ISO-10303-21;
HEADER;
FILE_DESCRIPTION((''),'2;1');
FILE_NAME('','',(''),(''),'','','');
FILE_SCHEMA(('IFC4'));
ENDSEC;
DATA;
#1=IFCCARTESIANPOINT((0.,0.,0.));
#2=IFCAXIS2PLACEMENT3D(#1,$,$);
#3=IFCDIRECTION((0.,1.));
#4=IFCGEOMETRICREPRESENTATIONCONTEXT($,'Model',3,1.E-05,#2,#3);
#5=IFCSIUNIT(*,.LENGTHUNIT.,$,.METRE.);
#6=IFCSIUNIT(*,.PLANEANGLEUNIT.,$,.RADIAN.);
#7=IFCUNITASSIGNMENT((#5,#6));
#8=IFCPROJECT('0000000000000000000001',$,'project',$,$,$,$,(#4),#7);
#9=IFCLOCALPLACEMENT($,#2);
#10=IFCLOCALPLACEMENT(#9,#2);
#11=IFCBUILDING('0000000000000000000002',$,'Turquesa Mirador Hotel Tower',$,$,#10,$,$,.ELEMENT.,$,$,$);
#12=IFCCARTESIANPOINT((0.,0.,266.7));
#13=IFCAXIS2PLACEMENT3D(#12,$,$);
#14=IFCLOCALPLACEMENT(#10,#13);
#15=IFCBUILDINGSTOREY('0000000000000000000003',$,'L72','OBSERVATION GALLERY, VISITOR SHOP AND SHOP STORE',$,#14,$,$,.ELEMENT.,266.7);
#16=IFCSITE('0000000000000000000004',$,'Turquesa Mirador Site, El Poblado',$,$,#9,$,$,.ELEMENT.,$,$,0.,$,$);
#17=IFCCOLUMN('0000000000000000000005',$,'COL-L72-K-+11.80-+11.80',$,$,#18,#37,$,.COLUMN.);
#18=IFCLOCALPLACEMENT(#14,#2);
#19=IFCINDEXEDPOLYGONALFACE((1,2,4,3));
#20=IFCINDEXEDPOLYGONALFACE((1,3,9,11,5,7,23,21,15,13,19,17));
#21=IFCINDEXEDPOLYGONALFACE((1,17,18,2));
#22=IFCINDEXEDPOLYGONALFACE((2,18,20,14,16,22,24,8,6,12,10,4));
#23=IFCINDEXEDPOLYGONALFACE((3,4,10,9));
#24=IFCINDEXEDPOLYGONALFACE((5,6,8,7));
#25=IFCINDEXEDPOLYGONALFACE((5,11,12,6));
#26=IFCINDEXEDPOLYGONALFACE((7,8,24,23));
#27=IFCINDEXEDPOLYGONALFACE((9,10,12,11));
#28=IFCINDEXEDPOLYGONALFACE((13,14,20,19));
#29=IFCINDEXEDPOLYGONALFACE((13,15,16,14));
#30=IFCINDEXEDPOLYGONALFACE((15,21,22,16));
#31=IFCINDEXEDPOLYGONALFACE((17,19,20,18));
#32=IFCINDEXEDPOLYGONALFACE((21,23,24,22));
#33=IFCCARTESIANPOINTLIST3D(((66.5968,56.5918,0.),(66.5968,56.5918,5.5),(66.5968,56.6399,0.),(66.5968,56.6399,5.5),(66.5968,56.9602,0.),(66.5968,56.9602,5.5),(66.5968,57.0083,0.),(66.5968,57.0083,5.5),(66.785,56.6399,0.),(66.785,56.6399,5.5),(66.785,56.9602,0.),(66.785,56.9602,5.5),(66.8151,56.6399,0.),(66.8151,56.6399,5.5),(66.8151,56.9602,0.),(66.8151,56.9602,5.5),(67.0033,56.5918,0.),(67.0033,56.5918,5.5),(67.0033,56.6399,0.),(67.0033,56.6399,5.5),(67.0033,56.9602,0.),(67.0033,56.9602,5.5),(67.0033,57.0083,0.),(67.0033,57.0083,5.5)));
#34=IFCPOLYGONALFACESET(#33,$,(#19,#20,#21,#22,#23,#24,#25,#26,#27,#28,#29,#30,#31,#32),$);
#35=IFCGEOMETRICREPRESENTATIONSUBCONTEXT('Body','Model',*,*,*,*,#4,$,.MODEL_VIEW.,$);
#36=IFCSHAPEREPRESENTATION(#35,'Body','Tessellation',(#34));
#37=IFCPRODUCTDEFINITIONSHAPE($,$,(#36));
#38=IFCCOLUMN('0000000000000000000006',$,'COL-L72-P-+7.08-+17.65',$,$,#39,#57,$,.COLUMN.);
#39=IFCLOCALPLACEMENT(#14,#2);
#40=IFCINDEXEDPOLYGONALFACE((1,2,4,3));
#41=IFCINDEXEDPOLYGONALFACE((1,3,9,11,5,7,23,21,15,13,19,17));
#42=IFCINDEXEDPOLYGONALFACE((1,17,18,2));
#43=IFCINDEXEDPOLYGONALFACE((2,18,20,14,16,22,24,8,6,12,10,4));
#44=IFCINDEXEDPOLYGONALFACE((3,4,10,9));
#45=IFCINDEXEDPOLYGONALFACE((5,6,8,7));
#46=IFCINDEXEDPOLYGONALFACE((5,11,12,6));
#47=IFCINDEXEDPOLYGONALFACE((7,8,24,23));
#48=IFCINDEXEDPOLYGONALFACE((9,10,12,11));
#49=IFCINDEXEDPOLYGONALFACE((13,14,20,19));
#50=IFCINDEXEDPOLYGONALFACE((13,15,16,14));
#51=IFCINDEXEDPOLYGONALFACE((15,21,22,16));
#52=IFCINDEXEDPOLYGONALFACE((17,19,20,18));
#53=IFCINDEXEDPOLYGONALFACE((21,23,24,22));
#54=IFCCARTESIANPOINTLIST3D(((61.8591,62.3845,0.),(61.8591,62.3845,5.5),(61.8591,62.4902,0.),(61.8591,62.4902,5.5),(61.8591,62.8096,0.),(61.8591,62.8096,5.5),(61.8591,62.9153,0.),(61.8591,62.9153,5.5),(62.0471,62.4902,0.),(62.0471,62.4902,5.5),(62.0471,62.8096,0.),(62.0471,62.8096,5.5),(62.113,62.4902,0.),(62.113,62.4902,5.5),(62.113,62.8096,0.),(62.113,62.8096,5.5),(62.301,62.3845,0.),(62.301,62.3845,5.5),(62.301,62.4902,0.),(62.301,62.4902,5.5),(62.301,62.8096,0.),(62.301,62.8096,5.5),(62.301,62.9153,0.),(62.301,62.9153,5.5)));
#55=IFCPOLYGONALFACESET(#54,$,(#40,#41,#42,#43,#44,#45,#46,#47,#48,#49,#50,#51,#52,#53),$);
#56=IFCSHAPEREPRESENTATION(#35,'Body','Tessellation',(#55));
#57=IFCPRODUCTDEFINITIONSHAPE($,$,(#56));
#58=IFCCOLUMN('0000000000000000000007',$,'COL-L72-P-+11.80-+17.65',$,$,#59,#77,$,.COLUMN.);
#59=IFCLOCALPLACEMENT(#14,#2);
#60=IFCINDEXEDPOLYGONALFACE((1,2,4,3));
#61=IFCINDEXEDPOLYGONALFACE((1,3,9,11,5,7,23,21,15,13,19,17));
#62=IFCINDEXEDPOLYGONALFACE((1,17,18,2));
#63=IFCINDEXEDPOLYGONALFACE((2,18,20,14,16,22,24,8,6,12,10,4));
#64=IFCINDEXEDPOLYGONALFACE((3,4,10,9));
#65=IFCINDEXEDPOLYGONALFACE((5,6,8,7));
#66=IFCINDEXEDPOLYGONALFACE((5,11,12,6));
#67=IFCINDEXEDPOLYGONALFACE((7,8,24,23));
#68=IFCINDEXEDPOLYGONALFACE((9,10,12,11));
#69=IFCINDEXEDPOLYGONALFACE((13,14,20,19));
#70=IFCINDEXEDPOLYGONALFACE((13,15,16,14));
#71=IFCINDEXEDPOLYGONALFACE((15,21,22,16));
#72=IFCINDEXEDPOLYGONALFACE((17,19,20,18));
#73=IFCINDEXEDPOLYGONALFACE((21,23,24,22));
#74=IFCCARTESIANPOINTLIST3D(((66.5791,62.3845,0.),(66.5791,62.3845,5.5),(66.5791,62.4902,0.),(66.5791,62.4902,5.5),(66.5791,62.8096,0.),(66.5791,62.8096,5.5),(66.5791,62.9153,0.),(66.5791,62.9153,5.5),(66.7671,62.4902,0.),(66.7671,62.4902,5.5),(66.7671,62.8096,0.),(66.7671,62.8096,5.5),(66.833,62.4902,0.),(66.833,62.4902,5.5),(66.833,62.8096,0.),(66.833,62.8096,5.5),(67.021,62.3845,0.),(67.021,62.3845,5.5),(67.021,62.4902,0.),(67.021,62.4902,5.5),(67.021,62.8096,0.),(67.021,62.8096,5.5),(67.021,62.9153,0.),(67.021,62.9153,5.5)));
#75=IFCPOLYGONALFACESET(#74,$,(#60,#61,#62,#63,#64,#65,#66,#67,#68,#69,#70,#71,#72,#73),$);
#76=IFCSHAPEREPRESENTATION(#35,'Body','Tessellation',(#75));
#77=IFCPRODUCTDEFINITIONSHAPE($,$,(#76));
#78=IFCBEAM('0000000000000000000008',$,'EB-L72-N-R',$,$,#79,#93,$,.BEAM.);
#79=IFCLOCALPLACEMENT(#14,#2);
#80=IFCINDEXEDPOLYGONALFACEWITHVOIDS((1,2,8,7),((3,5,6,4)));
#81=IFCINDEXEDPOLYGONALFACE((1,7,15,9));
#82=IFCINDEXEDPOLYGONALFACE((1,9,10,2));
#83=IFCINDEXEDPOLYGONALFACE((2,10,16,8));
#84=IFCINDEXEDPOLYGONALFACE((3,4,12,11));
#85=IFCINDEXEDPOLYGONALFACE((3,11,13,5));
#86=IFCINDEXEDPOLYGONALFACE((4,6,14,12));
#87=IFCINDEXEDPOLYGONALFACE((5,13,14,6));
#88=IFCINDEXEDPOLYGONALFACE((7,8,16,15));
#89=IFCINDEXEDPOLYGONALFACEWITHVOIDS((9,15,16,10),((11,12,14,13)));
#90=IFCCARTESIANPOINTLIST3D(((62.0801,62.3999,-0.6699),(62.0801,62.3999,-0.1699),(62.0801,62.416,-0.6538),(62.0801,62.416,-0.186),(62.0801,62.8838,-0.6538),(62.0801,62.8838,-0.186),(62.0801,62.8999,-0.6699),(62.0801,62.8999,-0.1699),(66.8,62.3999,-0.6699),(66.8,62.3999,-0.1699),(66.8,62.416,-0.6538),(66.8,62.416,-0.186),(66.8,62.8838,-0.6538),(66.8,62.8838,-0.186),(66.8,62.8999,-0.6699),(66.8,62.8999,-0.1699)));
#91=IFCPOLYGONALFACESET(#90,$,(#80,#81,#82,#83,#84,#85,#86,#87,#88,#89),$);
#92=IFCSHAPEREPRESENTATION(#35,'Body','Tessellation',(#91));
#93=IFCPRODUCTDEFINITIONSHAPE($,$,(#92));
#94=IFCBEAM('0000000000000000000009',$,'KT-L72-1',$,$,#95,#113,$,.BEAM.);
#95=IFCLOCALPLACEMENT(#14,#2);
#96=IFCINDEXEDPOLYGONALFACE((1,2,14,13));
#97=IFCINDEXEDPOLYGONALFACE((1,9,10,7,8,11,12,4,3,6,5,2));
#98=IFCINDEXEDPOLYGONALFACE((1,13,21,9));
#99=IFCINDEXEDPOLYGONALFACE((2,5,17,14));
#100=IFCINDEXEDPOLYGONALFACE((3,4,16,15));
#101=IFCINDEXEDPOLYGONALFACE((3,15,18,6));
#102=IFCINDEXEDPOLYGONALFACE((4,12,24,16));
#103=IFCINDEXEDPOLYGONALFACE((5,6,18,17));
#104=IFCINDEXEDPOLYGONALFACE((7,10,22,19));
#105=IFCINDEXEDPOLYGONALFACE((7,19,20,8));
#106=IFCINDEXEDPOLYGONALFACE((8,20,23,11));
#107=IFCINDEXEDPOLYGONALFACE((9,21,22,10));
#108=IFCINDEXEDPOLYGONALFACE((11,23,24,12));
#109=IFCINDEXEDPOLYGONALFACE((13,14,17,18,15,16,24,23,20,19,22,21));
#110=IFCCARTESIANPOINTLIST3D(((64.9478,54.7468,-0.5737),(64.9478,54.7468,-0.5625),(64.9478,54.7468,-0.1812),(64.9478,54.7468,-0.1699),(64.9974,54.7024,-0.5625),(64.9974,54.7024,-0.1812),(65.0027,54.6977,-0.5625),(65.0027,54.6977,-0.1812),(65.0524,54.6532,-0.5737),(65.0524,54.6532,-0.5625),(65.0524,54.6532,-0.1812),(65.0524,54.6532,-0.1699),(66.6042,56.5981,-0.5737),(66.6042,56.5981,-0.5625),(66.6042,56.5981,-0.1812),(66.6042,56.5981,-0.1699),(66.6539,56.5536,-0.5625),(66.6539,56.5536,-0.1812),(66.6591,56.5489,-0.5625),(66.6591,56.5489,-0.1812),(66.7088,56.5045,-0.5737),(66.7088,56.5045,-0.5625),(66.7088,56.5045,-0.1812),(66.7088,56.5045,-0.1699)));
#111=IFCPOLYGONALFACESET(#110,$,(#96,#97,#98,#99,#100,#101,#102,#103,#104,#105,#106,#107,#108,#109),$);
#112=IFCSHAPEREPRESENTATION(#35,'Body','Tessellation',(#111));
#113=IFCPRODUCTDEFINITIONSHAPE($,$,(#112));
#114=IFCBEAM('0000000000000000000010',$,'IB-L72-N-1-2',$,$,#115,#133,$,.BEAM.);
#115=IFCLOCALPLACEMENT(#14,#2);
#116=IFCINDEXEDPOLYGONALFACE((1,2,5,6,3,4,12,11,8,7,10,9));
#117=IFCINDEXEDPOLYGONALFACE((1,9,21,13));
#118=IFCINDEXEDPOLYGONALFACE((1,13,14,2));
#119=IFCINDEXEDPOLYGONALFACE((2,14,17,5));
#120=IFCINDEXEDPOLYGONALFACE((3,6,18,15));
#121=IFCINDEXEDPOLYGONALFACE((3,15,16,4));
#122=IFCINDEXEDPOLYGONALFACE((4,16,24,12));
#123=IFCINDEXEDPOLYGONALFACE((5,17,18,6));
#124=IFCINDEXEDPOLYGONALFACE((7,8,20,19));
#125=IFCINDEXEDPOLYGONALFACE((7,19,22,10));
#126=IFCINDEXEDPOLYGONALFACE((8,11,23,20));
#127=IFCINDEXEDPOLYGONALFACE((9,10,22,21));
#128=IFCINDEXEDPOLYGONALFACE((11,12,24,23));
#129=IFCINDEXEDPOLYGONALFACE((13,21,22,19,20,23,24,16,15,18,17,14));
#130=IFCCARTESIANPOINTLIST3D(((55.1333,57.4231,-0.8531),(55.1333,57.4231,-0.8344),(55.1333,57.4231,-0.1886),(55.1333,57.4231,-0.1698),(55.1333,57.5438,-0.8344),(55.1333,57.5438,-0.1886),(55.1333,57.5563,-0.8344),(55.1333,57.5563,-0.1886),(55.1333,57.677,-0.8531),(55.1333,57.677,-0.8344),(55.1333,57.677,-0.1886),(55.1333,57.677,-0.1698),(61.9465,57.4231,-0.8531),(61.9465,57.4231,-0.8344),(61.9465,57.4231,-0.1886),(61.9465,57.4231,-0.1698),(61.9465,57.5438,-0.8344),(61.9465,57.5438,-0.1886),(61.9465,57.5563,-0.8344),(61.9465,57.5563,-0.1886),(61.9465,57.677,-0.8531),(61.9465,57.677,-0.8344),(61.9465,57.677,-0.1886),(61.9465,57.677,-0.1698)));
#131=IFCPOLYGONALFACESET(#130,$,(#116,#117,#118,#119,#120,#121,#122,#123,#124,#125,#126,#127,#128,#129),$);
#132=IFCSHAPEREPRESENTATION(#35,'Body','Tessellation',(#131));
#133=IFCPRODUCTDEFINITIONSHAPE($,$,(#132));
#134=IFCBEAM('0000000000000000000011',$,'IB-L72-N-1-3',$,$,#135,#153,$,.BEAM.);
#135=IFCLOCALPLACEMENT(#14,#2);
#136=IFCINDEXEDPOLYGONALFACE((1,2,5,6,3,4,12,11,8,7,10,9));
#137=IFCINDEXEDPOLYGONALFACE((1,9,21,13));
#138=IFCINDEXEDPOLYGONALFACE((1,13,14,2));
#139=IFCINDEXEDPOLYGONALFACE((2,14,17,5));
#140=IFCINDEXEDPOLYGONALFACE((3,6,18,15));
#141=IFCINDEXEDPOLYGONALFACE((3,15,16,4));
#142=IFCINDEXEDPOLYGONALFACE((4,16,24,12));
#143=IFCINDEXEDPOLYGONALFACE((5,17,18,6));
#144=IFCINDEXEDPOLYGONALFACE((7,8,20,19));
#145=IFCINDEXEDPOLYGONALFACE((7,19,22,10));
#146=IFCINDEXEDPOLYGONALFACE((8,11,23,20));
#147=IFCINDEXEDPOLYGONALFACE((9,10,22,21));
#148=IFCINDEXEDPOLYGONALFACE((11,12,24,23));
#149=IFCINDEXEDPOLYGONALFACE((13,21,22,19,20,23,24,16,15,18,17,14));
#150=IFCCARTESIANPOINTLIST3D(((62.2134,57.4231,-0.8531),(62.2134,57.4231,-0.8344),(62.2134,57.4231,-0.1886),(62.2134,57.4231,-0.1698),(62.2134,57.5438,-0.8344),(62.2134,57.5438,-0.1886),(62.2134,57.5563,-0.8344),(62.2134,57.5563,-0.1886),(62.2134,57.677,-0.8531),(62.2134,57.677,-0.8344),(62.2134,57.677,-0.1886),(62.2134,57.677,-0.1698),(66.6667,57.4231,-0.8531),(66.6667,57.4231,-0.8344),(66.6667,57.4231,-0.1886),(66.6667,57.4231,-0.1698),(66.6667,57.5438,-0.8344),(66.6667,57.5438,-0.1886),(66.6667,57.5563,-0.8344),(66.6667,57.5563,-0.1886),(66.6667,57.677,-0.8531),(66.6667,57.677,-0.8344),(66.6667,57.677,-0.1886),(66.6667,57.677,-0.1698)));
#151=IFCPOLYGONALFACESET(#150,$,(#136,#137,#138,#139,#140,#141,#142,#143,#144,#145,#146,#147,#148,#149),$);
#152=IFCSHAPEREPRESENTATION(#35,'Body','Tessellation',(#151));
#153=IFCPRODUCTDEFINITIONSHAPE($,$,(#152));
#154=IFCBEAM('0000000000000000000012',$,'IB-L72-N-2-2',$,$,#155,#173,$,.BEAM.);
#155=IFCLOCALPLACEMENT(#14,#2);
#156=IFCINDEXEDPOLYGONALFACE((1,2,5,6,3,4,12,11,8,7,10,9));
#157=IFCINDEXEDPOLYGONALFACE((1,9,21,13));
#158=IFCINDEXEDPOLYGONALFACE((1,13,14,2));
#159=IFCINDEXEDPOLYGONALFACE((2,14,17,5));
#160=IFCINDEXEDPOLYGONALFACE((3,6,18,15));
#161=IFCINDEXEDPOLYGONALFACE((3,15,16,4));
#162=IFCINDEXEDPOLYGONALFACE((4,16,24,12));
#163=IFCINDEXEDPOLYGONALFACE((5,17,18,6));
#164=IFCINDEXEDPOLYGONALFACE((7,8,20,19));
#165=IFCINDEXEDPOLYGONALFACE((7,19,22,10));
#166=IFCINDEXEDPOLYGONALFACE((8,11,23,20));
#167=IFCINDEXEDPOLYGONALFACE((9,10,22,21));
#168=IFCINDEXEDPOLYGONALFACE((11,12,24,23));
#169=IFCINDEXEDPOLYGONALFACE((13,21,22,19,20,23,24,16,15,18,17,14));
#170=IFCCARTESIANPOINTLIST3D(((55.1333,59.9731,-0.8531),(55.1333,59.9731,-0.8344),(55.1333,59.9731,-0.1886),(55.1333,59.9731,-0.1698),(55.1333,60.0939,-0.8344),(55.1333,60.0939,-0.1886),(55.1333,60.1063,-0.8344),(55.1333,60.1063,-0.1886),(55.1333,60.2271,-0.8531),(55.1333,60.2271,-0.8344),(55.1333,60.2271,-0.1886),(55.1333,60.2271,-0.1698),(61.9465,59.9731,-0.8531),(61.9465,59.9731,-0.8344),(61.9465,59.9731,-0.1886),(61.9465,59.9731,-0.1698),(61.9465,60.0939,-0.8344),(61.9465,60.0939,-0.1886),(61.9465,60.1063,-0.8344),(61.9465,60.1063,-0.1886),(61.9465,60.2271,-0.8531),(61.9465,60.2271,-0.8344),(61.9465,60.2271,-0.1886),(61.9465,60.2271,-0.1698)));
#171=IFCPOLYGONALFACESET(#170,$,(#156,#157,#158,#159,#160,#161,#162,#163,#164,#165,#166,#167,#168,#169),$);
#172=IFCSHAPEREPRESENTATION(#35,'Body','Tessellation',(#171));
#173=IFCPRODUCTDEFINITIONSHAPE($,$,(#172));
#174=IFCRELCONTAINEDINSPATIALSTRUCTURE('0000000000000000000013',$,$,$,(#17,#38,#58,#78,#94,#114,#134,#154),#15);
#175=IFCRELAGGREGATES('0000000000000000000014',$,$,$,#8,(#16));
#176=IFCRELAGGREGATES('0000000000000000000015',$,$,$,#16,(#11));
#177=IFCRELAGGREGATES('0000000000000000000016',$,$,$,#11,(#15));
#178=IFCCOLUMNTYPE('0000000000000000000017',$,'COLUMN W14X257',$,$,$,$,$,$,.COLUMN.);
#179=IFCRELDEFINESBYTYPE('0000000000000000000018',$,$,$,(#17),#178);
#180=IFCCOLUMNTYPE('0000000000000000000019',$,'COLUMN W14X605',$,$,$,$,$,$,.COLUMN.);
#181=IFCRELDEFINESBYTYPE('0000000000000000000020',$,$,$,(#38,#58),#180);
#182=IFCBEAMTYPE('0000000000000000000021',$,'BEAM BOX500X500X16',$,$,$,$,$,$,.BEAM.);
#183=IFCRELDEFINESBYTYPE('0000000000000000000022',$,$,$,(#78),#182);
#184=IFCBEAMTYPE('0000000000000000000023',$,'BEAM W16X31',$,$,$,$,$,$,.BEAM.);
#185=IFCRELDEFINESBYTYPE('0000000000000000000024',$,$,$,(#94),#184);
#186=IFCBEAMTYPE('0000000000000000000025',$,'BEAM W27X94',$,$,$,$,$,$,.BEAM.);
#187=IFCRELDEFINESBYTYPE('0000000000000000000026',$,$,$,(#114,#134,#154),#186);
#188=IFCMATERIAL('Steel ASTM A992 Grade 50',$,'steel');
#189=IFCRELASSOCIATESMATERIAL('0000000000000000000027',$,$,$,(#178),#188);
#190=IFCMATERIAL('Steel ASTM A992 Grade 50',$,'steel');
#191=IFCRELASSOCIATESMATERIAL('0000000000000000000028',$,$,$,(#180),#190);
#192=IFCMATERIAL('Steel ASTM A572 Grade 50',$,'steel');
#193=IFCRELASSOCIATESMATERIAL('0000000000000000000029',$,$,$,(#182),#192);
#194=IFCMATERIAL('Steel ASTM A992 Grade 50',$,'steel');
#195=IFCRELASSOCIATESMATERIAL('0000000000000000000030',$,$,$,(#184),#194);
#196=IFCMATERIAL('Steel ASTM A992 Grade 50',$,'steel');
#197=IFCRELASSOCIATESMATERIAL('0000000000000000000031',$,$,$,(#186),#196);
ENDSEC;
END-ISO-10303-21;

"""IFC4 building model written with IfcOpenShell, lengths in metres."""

from ifc_helpers import new_model, si_unit, direction, frame, origin, origin_2d, place, context, subcontext, project, spatial, hollow_rectangle, i_section, extrude, material, material_profile, profile_set, type_object, element, save


model = new_model("IFC4")

# Units and contexts
model_context = context("Model", 3, precision=1e-05, world=origin(), true_north=direction((0.0, 1.0)))
body_context = subcontext(model_context, "Body", "Model", "MODEL_VIEW")
ifc_project = project(units=[si_unit("LENGTHUNIT", "METRE"), si_unit("PLANEANGLEUNIT", "RADIAN")], contexts=[model_context])

# Site, building, storey
site_placement = place(None, origin())
site = spatial("IfcSite", under=ifc_project, at=site_placement, Name="Turquesa Mirador Site, El Poblado", CompositionType="ELEMENT", RefElevation=0.0)
building_placement = place(site_placement, origin())
building = spatial("IfcBuilding", under=site, at=building_placement, Name="Turquesa Mirador Hotel Tower", CompositionType="ELEMENT")
storey_placement = place(building_placement, frame((0.0, 0.0, 266.7)))
storey = spatial("IfcBuildingStorey", under=building, at=storey_placement, Name="L72", Description="OBSERVATION GALLERY, VISITOR SHOP AND SHOP STORE", CompositionType="ELEMENT", Elevation=266.7)

# Columns
ifc_material_1 = material(Name="Steel ASTM A992 Grade 50", Category="steel")
ifc_material_profile_1 = material_profile(ifc_material_1, i_section(OverallWidth=0.4065, OverallDepth=0.4165, WebThickness=0.03, FlangeThickness=0.0481, at=origin_2d()), Name="W14X257")
ifc_profile_set_1 = profile_set([ifc_material_profile_1], Name="Steel ASTM A992 Grade 50")
column_type_1 = type_object("IfcColumnType", Name="COLUMN W14X257", PredefinedType="COLUMN", material=ifc_profile_set_1)
column_placement = place(storey_placement, frame((66.8, 56.8, 0.0), z_axis=(0.0, 0.0, 1.0), x_axis=(1.0, 0.0, 0.0)))
element("IfcColumn", 1, at=column_placement, inside=storey, type_object=column_type_1, Name="COL-L72-K-+11.80-+11.80", PredefinedType="COLUMN", context=body_context, shape_type="SweptSolid", body=[
    extrude(i_section(OverallWidth=0.4065, OverallDepth=0.4165, WebThickness=0.03, FlangeThickness=0.0481, at=origin_2d()), origin(), (0.0, 0.0, 1.0), 5.5),
])
ifc_material_2 = material(Name="Steel ASTM A992 Grade 50", Category="steel")
ifc_material_profile_2 = material_profile(ifc_material_2, i_section(OverallWidth=0.4419, OverallDepth=0.5308, WebThickness=0.0659, FlangeThickness=0.1057, at=origin_2d()), Name="W14X605")
ifc_profile_set_2 = profile_set([ifc_material_profile_2], Name="Steel ASTM A992 Grade 50")
column_type_2 = type_object("IfcColumnType", Name="COLUMN W14X605", PredefinedType="COLUMN", material=ifc_profile_set_2)
for number, where, z_axis, x_axis, name in (
    (2, (62.0801, 62.6499, 0.0), (0.0, 0.0, 1.0), (1.0, 0.0, 0.0), "COL-L72-P-+7.08-+17.65"),
    (3, (66.8, 62.6499, 0.0), (0.0, 0.0, 1.0), (1.0, 0.0, 0.0), "COL-L72-P-+11.80-+17.65"),
):
    element("IfcColumn", number, at=place(storey_placement, frame(where, z_axis=z_axis, x_axis=x_axis)), inside=storey, type_object=column_type_2, Name=name, PredefinedType="COLUMN", context=body_context, shape_type="SweptSolid", body=[
        extrude(i_section(OverallWidth=0.4419, OverallDepth=0.5308, WebThickness=0.0659, FlangeThickness=0.1057, at=origin_2d()), origin(), (0.0, 0.0, 1.0), 5.5),
    ])

# Beams
ifc_material_3 = material(Name="Steel ASTM A572 Grade 50", Category="steel")
ifc_material_profile_3 = material_profile(ifc_material_3, hollow_rectangle(XDim=0.5, YDim=0.5, WallThickness=0.0161, at=origin_2d()), Name="BOX500X500X16")
ifc_profile_set_3 = profile_set([ifc_material_profile_3], Name="Steel ASTM A572 Grade 50")
beam_type_1 = type_object("IfcBeamType", Name="BEAM BOX500X500X16", PredefinedType="BEAM", material=ifc_profile_set_3)
beam_1_placement = place(storey_placement, frame((62.0801, 62.6499, -0.4199), z_axis=(1.0, 0.0, 0.0), x_axis=(0.0, 1.0, 0.0)))
element("IfcBeam", 4, at=beam_1_placement, inside=storey, type_object=beam_type_1, Name="EB-L72-N-R", PredefinedType="BEAM", context=body_context, shape_type="SweptSolid", body=[
    extrude(hollow_rectangle(XDim=0.5, YDim=0.5, WallThickness=0.0161, at=origin_2d()), origin(), (0.0, 0.0, 1.0), 4.72),
])
ifc_material_4 = material(Name="Steel ASTM A992 Grade 50", Category="steel")
ifc_material_profile_4 = material_profile(ifc_material_4, i_section(OverallWidth=0.1404, OverallDepth=0.4038, WebThickness=0.0071, FlangeThickness=0.0112, at=origin_2d()), Name="W16X31")
ifc_profile_set_4 = profile_set([ifc_material_profile_4], Name="Steel ASTM A992 Grade 50")
beam_type_2 = type_object("IfcBeamType", Name="BEAM W16X31", PredefinedType="BEAM", material=ifc_profile_set_4)
beam_2_placement = place(storey_placement, frame((66.6565, 56.5513, -0.3718), z_axis=(-0.666806, -0.745231, 0.0), x_axis=(0.745231, -0.666806, 0.0)))
element("IfcBeam", 5, at=beam_2_placement, inside=storey, type_object=beam_type_2, Name="KT-L72-1", PredefinedType="BEAM", context=body_context, shape_type="SweptSolid", body=[
    extrude(i_section(OverallWidth=0.1404, OverallDepth=0.4038, WebThickness=0.0071, FlangeThickness=0.0112, at=origin_2d()), origin(), (0.0, 0.0, 1.0), 2.4841),
])
ifc_material_5 = material(Name="Steel ASTM A992 Grade 50", Category="steel")
ifc_material_profile_5 = material_profile(ifc_material_5, i_section(OverallWidth=0.2539, OverallDepth=0.6833, WebThickness=0.0125, FlangeThickness=0.0188, at=origin_2d()), Name="W27X94")
ifc_profile_set_5 = profile_set([ifc_material_profile_5], Name="Steel ASTM A992 Grade 50")
beam_type_3 = type_object("IfcBeamType", Name="BEAM W27X94", PredefinedType="BEAM", material=ifc_profile_set_5)
beam_3_placement = place(storey_placement, frame((55.1333, 57.55, -0.5115), z_axis=(1.0, 0.0, 0.0), x_axis=(0.0, 1.0, 0.0)))
element("IfcBeam", 6, at=beam_3_placement, inside=storey, type_object=beam_type_3, Name="IB-L72-N-1-2", PredefinedType="BEAM", context=body_context, shape_type="SweptSolid", body=[
    extrude(i_section(OverallWidth=0.2539, OverallDepth=0.6833, WebThickness=0.0125, FlangeThickness=0.0188, at=origin_2d()), origin(), (0.0, 0.0, 1.0), 6.8132),
])
beam_4_placement = place(storey_placement, frame((62.2134, 57.55, -0.5115), z_axis=(1.0, 0.0, 0.0), x_axis=(0.0, 1.0, 0.0)))
element("IfcBeam", 7, at=beam_4_placement, inside=storey, type_object=beam_type_3, Name="IB-L72-N-1-3", PredefinedType="BEAM", context=body_context, shape_type="SweptSolid", body=[
    extrude(i_section(OverallWidth=0.2539, OverallDepth=0.6833, WebThickness=0.0125, FlangeThickness=0.0188, at=origin_2d()), origin(), (0.0, 0.0, 1.0), 4.4534),
])
beam_5_placement = place(storey_placement, frame((55.1333, 60.1001, -0.5115), z_axis=(1.0, 0.0, 0.0), x_axis=(0.0, 1.0, 0.0)))
element("IfcBeam", 8, at=beam_5_placement, inside=storey, type_object=beam_type_3, Name="IB-L72-N-2-2", PredefinedType="BEAM", context=body_context, shape_type="SweptSolid", body=[
    extrude(i_section(OverallWidth=0.2539, OverallDepth=0.6833, WebThickness=0.0125, FlangeThickness=0.0188, at=origin_2d()), origin(), (0.0, 0.0, 1.0), 6.8132),
])

save(model, "model.ifc")
